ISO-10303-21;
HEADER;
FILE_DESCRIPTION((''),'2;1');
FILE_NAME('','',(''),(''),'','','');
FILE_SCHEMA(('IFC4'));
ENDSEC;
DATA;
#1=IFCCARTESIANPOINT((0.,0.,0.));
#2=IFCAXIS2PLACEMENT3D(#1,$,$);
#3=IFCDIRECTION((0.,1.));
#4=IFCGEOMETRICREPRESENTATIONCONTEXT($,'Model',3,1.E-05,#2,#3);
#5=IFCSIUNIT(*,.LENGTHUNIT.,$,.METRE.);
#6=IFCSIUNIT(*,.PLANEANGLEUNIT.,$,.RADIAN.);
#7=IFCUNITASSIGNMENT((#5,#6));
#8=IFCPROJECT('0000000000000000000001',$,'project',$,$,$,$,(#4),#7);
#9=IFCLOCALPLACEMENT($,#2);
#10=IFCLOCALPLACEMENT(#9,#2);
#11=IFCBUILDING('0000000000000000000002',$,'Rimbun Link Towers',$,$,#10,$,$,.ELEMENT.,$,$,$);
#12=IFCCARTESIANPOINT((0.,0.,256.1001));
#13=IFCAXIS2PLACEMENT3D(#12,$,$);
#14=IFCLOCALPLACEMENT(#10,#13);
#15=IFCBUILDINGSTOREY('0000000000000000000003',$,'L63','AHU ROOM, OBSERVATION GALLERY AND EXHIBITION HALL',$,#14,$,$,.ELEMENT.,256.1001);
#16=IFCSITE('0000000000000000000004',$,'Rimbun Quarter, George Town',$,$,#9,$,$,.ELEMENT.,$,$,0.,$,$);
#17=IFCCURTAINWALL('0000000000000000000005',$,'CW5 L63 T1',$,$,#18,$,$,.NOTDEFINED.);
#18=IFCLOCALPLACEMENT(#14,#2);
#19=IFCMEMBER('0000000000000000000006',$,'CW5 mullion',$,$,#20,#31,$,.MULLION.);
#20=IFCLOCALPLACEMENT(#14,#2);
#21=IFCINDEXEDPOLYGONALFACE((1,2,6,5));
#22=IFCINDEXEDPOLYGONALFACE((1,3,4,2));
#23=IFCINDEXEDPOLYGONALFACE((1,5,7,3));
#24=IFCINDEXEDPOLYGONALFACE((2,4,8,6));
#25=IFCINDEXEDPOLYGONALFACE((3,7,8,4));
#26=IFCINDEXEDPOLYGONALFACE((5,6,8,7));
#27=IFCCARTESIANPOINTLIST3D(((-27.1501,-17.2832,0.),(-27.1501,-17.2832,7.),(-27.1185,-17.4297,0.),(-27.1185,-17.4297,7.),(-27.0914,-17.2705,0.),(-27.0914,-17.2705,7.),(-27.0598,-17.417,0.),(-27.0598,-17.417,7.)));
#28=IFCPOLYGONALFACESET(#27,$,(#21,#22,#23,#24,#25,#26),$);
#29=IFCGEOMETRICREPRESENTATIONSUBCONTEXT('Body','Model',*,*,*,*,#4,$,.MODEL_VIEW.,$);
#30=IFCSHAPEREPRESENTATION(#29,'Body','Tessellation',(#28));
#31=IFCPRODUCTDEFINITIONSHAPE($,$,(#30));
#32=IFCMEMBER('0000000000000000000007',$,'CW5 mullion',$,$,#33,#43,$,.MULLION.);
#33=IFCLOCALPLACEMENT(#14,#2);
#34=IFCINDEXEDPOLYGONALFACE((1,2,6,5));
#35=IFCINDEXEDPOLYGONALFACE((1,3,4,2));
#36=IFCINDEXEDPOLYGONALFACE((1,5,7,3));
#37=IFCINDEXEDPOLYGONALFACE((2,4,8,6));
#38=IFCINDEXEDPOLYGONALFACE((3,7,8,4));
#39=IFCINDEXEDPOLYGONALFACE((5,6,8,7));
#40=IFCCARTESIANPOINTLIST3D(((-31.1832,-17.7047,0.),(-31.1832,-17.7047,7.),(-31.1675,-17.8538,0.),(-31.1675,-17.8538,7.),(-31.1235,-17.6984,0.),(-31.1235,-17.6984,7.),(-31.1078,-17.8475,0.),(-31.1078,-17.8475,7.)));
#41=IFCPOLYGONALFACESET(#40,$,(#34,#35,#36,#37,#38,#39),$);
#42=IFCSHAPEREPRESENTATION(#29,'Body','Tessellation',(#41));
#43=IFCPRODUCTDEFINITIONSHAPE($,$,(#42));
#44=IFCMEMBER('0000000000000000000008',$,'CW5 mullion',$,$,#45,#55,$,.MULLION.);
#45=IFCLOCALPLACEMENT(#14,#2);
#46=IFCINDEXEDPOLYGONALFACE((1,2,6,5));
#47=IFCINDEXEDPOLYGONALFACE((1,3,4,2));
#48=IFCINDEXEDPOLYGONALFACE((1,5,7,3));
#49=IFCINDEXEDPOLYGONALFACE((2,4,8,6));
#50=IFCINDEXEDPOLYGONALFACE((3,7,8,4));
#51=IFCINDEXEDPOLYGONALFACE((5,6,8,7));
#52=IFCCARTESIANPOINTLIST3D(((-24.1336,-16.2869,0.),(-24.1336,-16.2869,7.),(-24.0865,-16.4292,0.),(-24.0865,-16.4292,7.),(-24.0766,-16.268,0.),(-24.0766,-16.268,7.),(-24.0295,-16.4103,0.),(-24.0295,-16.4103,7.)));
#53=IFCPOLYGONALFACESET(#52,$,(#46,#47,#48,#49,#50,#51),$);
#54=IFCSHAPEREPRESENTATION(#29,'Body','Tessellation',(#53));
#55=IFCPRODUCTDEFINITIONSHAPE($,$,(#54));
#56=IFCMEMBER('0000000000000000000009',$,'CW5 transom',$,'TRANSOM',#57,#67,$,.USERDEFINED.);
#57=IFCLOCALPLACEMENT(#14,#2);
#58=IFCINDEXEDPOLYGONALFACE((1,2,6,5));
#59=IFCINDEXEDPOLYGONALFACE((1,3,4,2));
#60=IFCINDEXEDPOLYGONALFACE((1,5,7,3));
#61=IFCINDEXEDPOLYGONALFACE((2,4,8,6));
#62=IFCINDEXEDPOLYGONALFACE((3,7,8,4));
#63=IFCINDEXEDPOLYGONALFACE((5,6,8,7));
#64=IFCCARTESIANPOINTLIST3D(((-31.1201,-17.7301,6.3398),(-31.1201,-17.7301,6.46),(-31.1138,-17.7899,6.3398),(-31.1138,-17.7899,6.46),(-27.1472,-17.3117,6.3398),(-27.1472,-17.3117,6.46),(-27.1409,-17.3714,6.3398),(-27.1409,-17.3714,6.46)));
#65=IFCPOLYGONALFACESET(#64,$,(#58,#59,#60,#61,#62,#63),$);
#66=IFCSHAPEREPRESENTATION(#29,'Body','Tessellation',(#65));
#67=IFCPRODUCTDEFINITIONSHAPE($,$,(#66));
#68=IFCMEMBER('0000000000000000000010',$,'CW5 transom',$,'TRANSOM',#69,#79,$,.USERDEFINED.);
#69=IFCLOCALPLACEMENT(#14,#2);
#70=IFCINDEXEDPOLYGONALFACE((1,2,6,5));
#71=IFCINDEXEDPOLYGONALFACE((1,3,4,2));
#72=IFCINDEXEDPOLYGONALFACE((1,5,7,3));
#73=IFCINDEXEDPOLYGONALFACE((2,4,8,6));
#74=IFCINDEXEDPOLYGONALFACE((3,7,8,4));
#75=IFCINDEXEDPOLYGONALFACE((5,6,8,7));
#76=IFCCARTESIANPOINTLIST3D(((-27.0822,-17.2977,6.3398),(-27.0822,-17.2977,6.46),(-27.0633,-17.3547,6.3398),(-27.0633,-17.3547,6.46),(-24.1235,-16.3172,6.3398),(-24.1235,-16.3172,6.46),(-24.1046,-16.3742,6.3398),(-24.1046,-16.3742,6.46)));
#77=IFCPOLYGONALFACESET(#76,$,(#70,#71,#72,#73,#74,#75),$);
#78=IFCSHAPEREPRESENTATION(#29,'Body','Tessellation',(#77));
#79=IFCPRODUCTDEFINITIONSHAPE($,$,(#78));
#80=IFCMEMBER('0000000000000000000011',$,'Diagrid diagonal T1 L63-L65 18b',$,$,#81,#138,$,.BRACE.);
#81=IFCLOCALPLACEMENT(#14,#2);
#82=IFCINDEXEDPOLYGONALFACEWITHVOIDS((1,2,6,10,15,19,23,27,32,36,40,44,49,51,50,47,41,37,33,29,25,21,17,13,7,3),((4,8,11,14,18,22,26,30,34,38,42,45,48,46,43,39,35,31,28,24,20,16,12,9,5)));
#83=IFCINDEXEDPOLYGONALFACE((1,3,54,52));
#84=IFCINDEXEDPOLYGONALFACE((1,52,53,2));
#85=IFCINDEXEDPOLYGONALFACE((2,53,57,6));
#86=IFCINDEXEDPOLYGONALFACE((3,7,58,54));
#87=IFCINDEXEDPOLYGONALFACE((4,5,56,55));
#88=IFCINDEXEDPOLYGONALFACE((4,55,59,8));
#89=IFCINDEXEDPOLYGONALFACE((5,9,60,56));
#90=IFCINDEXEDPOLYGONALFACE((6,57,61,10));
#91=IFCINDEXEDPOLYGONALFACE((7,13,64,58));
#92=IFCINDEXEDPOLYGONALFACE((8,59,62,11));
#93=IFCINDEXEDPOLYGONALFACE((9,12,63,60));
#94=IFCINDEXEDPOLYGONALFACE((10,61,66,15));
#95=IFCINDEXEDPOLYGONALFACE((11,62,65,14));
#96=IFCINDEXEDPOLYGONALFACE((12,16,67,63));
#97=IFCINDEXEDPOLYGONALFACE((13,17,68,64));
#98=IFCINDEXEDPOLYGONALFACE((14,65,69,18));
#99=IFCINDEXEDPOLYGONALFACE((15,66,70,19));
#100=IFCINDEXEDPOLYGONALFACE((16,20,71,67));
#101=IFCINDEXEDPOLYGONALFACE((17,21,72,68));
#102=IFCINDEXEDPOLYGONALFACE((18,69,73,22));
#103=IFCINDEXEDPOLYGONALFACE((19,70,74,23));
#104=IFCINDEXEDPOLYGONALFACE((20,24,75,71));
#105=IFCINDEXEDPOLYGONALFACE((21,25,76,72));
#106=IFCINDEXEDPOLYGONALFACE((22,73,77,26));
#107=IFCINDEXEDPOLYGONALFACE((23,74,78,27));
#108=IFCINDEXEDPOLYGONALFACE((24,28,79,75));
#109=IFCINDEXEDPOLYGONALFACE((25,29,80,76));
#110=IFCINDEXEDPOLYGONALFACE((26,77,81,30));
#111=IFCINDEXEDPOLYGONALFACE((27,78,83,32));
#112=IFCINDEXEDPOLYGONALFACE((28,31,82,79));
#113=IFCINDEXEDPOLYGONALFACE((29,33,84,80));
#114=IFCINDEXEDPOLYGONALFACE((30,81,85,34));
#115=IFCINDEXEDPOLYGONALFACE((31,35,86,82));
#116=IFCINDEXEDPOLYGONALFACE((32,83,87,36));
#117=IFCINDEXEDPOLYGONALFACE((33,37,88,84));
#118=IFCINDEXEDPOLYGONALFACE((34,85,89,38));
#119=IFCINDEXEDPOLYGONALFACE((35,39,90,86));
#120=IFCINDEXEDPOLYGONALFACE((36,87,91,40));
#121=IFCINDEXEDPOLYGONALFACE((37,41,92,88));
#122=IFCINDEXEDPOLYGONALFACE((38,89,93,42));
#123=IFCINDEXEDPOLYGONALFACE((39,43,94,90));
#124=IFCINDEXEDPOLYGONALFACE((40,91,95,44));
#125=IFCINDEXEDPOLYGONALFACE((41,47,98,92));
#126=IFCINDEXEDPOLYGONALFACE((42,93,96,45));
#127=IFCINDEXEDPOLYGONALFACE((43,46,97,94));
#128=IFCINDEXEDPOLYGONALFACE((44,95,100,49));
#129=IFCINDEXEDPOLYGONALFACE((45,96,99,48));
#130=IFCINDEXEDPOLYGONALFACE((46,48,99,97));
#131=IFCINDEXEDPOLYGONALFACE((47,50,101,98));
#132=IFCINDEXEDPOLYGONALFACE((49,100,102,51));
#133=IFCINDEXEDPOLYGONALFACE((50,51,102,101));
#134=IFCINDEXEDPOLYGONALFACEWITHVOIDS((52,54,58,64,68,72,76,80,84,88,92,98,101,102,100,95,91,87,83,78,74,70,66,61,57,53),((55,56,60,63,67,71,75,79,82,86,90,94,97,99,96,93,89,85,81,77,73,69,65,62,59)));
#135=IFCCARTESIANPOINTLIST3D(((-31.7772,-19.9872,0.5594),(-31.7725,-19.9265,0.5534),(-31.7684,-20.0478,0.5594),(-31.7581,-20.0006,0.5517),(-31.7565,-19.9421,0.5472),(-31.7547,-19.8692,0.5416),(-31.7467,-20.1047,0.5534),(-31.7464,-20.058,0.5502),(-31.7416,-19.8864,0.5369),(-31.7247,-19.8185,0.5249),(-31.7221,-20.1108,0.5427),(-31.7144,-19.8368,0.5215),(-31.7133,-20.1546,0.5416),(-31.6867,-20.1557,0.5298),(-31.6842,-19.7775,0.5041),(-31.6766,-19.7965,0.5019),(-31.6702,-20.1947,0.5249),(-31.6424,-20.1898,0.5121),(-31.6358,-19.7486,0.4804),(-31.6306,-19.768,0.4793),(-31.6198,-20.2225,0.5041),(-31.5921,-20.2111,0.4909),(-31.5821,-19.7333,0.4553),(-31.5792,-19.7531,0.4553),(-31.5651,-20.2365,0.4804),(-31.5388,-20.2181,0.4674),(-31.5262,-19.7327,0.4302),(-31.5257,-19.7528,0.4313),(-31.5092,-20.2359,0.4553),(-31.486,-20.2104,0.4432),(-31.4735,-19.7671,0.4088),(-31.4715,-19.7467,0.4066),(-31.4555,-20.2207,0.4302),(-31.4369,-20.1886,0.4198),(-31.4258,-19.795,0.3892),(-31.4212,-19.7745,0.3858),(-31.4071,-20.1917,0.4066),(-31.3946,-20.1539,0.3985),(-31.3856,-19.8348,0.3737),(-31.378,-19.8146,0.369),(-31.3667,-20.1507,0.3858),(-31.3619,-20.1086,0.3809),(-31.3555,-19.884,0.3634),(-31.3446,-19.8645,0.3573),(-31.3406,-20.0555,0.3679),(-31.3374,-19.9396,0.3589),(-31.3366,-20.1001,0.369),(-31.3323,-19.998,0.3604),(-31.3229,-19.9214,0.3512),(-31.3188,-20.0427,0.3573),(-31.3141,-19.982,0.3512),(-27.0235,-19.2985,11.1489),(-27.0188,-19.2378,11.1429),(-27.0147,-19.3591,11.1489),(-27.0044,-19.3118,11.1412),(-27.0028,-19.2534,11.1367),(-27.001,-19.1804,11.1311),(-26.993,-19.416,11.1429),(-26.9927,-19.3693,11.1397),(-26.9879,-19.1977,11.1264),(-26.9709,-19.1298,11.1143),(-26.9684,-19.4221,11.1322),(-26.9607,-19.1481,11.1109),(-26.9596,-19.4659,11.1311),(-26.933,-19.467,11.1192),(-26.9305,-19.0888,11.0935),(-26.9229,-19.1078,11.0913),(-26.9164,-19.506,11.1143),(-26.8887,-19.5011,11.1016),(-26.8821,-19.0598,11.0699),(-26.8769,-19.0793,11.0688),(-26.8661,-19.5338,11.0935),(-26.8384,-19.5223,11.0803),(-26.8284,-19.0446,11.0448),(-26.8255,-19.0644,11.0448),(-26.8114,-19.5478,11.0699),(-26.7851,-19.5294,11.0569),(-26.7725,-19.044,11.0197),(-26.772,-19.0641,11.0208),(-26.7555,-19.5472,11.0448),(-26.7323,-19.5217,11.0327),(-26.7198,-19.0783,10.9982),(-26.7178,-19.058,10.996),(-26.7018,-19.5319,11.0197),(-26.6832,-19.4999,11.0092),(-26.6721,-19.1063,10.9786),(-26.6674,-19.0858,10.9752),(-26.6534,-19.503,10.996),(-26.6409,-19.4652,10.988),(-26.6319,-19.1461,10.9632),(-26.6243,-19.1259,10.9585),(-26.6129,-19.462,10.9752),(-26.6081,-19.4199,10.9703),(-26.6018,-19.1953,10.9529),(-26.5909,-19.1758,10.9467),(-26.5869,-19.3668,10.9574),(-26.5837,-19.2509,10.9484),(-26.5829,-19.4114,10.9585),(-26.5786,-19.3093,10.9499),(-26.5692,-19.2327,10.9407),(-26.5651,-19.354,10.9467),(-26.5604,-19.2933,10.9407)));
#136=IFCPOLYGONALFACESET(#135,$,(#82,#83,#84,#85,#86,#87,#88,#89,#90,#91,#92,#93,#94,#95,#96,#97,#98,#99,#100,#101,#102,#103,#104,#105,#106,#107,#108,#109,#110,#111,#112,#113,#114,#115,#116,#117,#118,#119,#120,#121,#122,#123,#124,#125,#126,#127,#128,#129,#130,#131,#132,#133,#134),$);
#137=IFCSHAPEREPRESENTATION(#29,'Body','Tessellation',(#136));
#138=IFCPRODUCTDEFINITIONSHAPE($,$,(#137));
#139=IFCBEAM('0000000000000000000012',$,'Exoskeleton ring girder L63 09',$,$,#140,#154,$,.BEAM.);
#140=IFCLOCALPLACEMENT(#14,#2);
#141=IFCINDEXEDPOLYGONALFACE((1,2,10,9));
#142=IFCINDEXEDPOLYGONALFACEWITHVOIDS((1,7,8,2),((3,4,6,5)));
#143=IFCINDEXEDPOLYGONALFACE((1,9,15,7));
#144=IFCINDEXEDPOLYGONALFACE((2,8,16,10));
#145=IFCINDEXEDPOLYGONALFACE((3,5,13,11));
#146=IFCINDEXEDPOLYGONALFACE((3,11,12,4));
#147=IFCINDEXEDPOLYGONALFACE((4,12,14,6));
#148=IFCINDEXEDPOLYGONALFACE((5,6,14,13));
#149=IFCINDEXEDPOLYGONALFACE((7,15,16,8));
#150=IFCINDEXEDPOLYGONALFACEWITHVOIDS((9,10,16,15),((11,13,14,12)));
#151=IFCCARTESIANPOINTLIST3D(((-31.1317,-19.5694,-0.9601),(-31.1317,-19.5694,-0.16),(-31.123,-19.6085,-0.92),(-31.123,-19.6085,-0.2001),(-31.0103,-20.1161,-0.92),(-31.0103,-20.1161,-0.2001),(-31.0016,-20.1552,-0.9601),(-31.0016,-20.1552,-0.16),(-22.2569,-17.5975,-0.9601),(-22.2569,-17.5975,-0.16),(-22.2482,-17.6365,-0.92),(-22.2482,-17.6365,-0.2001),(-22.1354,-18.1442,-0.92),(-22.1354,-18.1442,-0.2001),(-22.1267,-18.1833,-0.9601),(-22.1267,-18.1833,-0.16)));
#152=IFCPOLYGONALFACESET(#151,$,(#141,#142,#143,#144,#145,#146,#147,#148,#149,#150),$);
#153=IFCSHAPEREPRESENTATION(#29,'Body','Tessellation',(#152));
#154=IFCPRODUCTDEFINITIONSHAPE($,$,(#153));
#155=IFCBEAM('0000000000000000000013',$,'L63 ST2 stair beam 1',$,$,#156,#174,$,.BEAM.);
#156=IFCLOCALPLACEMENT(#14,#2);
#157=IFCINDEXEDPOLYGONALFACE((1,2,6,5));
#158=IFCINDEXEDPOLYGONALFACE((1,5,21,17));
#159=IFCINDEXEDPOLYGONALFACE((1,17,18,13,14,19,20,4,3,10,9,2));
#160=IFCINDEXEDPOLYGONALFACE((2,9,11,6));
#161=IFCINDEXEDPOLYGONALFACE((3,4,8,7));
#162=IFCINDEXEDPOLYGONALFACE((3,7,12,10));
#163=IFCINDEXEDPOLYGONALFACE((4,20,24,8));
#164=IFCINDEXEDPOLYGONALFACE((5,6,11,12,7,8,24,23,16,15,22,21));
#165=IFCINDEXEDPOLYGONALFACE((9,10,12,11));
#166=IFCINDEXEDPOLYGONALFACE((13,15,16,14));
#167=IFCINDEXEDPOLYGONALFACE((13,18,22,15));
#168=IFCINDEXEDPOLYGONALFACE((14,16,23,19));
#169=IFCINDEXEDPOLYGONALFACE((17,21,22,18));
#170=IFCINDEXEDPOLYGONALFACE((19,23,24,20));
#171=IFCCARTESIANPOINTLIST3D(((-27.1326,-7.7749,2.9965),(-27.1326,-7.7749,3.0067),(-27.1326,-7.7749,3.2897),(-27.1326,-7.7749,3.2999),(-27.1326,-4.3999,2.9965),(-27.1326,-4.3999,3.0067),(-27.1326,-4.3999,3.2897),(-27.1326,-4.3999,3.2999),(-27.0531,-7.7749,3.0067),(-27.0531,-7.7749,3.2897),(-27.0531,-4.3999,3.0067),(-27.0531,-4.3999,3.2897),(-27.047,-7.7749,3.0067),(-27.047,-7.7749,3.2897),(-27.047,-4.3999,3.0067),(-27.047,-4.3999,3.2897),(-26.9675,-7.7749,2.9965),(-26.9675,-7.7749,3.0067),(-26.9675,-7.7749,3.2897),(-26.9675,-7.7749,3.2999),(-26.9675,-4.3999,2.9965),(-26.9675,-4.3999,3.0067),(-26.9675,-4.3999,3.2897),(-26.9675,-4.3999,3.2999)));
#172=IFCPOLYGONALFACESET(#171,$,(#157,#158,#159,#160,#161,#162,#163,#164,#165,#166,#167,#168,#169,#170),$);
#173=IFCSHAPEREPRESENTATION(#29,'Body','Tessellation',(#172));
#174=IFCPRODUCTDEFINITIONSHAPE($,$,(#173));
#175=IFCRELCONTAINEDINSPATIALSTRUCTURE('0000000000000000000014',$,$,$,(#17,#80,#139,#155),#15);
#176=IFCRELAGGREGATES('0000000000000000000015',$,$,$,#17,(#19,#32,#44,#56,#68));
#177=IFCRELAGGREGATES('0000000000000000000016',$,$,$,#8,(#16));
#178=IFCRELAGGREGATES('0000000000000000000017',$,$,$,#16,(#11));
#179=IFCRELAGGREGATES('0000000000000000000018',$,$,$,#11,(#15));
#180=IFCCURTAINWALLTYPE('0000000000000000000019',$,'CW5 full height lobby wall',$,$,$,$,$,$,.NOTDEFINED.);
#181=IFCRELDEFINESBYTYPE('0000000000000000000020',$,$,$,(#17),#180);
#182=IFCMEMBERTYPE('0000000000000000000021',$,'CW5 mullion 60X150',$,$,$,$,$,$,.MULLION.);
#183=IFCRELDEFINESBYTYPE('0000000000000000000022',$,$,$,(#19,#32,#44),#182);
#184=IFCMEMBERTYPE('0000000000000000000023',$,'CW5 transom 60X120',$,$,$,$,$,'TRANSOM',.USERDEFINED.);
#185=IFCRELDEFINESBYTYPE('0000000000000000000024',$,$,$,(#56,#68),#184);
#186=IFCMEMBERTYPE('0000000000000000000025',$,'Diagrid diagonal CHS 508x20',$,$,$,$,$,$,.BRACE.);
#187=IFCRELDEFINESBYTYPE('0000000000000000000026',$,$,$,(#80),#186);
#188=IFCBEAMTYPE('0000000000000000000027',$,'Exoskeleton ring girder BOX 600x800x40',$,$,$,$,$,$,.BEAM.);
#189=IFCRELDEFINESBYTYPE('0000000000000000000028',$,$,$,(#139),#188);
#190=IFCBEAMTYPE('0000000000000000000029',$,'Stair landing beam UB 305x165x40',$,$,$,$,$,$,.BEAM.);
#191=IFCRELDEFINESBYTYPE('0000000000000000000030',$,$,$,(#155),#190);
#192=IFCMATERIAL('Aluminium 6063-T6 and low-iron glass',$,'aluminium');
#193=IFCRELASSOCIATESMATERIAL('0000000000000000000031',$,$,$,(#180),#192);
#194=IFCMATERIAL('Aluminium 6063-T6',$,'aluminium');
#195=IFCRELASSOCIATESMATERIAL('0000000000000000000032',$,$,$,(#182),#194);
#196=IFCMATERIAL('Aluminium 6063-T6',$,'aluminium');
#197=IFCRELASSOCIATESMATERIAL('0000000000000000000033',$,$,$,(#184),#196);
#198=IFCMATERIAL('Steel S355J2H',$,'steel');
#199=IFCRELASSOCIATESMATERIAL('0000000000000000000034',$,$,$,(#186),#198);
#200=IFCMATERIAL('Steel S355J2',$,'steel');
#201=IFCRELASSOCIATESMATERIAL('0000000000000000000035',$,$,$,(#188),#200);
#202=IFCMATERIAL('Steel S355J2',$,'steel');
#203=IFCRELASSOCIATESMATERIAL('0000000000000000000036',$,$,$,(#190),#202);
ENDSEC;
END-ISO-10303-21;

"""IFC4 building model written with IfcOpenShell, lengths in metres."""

from ifc_helpers import new_model, si_unit, direction, frame, origin, origin_2d, place, context, subcontext, project, spatial, rectangle, hollow_rectangle, hollow_circle, i_section, extrude, material, material_profile, profile_set, type_object, element, aggregate, save


model = new_model("IFC4")

# Units and contexts
model_context = context("Model", 3, precision=1e-05, world=origin(), true_north=direction((0.0, 1.0)))
body_context = subcontext(model_context, "Body", "Model", "MODEL_VIEW")
ifc_project = project(units=[si_unit("LENGTHUNIT", "METRE"), si_unit("PLANEANGLEUNIT", "RADIAN")], contexts=[model_context])

# Site, building, storey
site_placement = place(None, origin())
site = spatial("IfcSite", under=ifc_project, at=site_placement, Name="Rimbun Quarter, George Town", CompositionType="ELEMENT", RefElevation=0.0)
building_placement = place(site_placement, origin())
building = spatial("IfcBuilding", under=site, at=building_placement, Name="Rimbun Link Towers", CompositionType="ELEMENT")
storey_placement = place(building_placement, frame((0.0, 0.0, 256.1001)))
storey = spatial("IfcBuildingStorey", under=building, at=storey_placement, Name="L63", Description="AHU ROOM, OBSERVATION GALLERY AND EXHIBITION HALL", CompositionType="ELEMENT", Elevation=256.1001)

# Curtain wall, members
ifc_material_1 = material(Name="Aluminium 6063-T6 and low-iron glass", Category="aluminium")
curtain_wall_type = type_object("IfcCurtainWallType", Name="CW5 full height lobby wall", PredefinedType="NOTDEFINED", material=ifc_material_1)
curtain_wall_placement = place(storey_placement, origin())
curtain_wall = element("IfcCurtainWall", 1, at=curtain_wall_placement, inside=storey, type_object=curtain_wall_type, Name="CW5 L63 T1", PredefinedType="NOTDEFINED")
ifc_material_2 = material(Name="Aluminium 6063-T6", Category="aluminium")
ifc_material_profile_1 = material_profile(ifc_material_2, rectangle(XDim=0.1499, YDim=0.0601, at=origin_2d()), Name="MULLION 60X150")
ifc_profile_set_1 = profile_set([ifc_material_profile_1], Name="Aluminium 6063-T6")
member_type_1 = type_object("IfcMemberType", Name="CW5 mullion 60X150", PredefinedType="MULLION", material=ifc_profile_set_1)
member_1_placement = place(storey_placement, frame((-27.105, -17.3501, 0.0), z_axis=(0.0, 0.0, 1.0), x_axis=(0.210861, -0.977516, 0.0)))
member_1 = element("IfcMember", 2, at=member_1_placement, type_object=member_type_1, Name="CW5 mullion", PredefinedType="MULLION", context=body_context, shape_type="SweptSolid", body=[
    extrude(rectangle(XDim=0.1499, YDim=0.0601, at=origin_2d()), origin(), (0.0, 0.0, 1.0), 7.0),
])
member_2_placement = place(storey_placement, frame((-31.1455, -17.7761, 0.0), z_axis=(0.0, 0.0, 1.0), x_axis=(0.104728, -0.994501, 0.0)))
member_2 = element("IfcMember", 3, at=member_2_placement, type_object=member_type_1, Name="CW5 mullion", PredefinedType="MULLION", context=body_context, shape_type="SweptSolid", body=[
    extrude(rectangle(XDim=0.1499, YDim=0.0601, at=origin_2d()), origin(), (0.0, 0.0, 1.0), 7.0),
])
member_3_placement = place(storey_placement, frame((-24.0815, -16.3486, 0.0), z_axis=(0.0, 0.0, 1.0), x_axis=(0.314558, -0.949238, 0.0)))
member_3 = element("IfcMember", 4, at=member_3_placement, type_object=member_type_1, Name="CW5 mullion", PredefinedType="MULLION", context=body_context, shape_type="SweptSolid", body=[
    extrude(rectangle(XDim=0.1499, YDim=0.0601, at=origin_2d()), origin(), (0.0, 0.0, 1.0), 7.0),
])
ifc_material_3 = material(Name="Aluminium 6063-T6", Category="aluminium")
ifc_material_profile_2 = material_profile(ifc_material_3, rectangle(XDim=0.0601, YDim=0.1201, at=origin_2d()), Name="TRANSOM 60X120")
ifc_profile_set_2 = profile_set([ifc_material_profile_2], Name="Aluminium 6063-T6")
member_type_2 = type_object("IfcMemberType", Name="CW5 transom 60X120", ElementType="TRANSOM", PredefinedType="USERDEFINED", material=ifc_profile_set_2)
member_4_placement = place(storey_placement, frame((-27.144, -17.3416, 6.3999), z_axis=(-0.994499, -0.104748, 0.0), x_axis=(0.104748, -0.994499, 0.0)))
member_4 = element("IfcMember", 5, at=member_4_placement, type_object=member_type_2, Name="CW5 transom", ObjectType="TRANSOM", PredefinedType="USERDEFINED", context=body_context, shape_type="SweptSolid", body=[
    extrude(rectangle(XDim=0.0601, YDim=0.1201, at=origin_2d()), origin(), (0.0, 0.0, 1.0), 3.9949),
])
member_5_placement = place(storey_placement, frame((-24.114, -16.3457, 6.3999), z_axis=(-0.949238, -0.314559, 0.0), x_axis=(0.314559, -0.949238, 0.0)))
member_5 = element("IfcMember", 6, at=member_5_placement, type_object=member_type_2, Name="CW5 transom", ObjectType="TRANSOM", PredefinedType="USERDEFINED", context=body_context, shape_type="SweptSolid", body=[
    extrude(rectangle(XDim=0.0601, YDim=0.1201, at=origin_2d()), origin(), (0.0, 0.0, 1.0), 3.1169),
])

# Member
ifc_material_4 = material(Name="Steel S355J2H", Category="steel")
ifc_material_profile_3 = material_profile(ifc_material_4, hollow_circle(Radius=0.2539, WallThickness=0.02, at=origin_2d()), Name="Diagrid diagonal CHS 508x20")
ifc_profile_set_3 = profile_set([ifc_material_profile_3], Name="Steel S355J2H")
member_type_3 = type_object("IfcMemberType", Name="Diagrid diagonal CHS 508x20", PredefinedType="BRACE", material=ifc_profile_set_3)
member_6_placement = place(storey_placement, frame((-31.5457, -19.9846, 0.4553), z_axis=(0.408818, 0.05923, 0.910692), x_axis=(-0.143385, 0.989667, 0.0)))
element("IfcMember", 7, at=member_6_placement, inside=storey, type_object=member_type_3, Name="Diagrid diagonal T1 L63-L65 18b", PredefinedType="BRACE", context=body_context, shape_type="SweptSolid", body=[
    extrude(hollow_circle(Radius=0.2539, WallThickness=0.02, at=origin_2d()), origin(), (0.0, 0.0, 1.0), 11.6279),
])

# Beams
ifc_material_5 = material(Name="Steel S355J2", Category="steel")
ifc_material_profile_4 = material_profile(ifc_material_5, hollow_rectangle(XDim=0.6001, YDim=0.8, WallThickness=0.04, at=origin_2d()), Name="Exoskeleton ring girder BOX 600x800x40")
ifc_profile_set_4 = profile_set([ifc_material_profile_4], Name="Steel S355J2")
beam_type_1 = type_object("IfcBeamType", Name="Exoskeleton ring girder BOX 600x800x40", PredefinedType="BEAM", material=ifc_profile_set_4)
beam_1_placement = place(storey_placement, frame((-31.0667, -19.8623, -0.5601), z_axis=(0.976193, 0.216905, 0.0), x_axis=(-0.216905, 0.976193, 0.0)))
element("IfcBeam", 8, at=beam_1_placement, inside=storey, type_object=beam_type_1, Name="Exoskeleton ring girder L63 09", PredefinedType="BEAM", context=body_context, shape_type="SweptSolid", body=[
    extrude(hollow_rectangle(XDim=0.6001, YDim=0.8, WallThickness=0.04, at=origin_2d()), origin(), (0.0, 0.0, 1.0), 9.0913),
])
ifc_material_6 = material(Name="Steel S355J2", Category="steel")
ifc_material_profile_5 = material_profile(ifc_material_6, i_section(OverallWidth=0.165, OverallDepth=0.3035, WebThickness=0.0061, FlangeThickness=0.0103, at=origin_2d()), Name="UB 305x165x40")
ifc_profile_set_5 = profile_set([ifc_material_profile_5], Name="Steel S355J2")
beam_type_2 = type_object("IfcBeamType", Name="Stair landing beam UB 305x165x40", PredefinedType="BEAM", material=ifc_profile_set_5)
beam_2_placement = place(storey_placement, frame((-27.05, -7.7749, 3.1482), z_axis=(0.0, 1.0, 0.0), x_axis=(-1.0, 0.0, 0.0)))
element("IfcBeam", 9, at=beam_2_placement, inside=storey, type_object=beam_type_2, Name="L63 ST2 stair beam 1", PredefinedType="BEAM", context=body_context, shape_type="SweptSolid", body=[
    extrude(i_section(OverallWidth=0.165, OverallDepth=0.3035, WebThickness=0.0061, FlangeThickness=0.0103, at=origin_2d()), origin(), (0.0, 0.0, 1.0), 3.375),
])

aggregate(curtain_wall, [member_1, member_2, member_3, member_4, member_5])

save(model, "model.ifc")
